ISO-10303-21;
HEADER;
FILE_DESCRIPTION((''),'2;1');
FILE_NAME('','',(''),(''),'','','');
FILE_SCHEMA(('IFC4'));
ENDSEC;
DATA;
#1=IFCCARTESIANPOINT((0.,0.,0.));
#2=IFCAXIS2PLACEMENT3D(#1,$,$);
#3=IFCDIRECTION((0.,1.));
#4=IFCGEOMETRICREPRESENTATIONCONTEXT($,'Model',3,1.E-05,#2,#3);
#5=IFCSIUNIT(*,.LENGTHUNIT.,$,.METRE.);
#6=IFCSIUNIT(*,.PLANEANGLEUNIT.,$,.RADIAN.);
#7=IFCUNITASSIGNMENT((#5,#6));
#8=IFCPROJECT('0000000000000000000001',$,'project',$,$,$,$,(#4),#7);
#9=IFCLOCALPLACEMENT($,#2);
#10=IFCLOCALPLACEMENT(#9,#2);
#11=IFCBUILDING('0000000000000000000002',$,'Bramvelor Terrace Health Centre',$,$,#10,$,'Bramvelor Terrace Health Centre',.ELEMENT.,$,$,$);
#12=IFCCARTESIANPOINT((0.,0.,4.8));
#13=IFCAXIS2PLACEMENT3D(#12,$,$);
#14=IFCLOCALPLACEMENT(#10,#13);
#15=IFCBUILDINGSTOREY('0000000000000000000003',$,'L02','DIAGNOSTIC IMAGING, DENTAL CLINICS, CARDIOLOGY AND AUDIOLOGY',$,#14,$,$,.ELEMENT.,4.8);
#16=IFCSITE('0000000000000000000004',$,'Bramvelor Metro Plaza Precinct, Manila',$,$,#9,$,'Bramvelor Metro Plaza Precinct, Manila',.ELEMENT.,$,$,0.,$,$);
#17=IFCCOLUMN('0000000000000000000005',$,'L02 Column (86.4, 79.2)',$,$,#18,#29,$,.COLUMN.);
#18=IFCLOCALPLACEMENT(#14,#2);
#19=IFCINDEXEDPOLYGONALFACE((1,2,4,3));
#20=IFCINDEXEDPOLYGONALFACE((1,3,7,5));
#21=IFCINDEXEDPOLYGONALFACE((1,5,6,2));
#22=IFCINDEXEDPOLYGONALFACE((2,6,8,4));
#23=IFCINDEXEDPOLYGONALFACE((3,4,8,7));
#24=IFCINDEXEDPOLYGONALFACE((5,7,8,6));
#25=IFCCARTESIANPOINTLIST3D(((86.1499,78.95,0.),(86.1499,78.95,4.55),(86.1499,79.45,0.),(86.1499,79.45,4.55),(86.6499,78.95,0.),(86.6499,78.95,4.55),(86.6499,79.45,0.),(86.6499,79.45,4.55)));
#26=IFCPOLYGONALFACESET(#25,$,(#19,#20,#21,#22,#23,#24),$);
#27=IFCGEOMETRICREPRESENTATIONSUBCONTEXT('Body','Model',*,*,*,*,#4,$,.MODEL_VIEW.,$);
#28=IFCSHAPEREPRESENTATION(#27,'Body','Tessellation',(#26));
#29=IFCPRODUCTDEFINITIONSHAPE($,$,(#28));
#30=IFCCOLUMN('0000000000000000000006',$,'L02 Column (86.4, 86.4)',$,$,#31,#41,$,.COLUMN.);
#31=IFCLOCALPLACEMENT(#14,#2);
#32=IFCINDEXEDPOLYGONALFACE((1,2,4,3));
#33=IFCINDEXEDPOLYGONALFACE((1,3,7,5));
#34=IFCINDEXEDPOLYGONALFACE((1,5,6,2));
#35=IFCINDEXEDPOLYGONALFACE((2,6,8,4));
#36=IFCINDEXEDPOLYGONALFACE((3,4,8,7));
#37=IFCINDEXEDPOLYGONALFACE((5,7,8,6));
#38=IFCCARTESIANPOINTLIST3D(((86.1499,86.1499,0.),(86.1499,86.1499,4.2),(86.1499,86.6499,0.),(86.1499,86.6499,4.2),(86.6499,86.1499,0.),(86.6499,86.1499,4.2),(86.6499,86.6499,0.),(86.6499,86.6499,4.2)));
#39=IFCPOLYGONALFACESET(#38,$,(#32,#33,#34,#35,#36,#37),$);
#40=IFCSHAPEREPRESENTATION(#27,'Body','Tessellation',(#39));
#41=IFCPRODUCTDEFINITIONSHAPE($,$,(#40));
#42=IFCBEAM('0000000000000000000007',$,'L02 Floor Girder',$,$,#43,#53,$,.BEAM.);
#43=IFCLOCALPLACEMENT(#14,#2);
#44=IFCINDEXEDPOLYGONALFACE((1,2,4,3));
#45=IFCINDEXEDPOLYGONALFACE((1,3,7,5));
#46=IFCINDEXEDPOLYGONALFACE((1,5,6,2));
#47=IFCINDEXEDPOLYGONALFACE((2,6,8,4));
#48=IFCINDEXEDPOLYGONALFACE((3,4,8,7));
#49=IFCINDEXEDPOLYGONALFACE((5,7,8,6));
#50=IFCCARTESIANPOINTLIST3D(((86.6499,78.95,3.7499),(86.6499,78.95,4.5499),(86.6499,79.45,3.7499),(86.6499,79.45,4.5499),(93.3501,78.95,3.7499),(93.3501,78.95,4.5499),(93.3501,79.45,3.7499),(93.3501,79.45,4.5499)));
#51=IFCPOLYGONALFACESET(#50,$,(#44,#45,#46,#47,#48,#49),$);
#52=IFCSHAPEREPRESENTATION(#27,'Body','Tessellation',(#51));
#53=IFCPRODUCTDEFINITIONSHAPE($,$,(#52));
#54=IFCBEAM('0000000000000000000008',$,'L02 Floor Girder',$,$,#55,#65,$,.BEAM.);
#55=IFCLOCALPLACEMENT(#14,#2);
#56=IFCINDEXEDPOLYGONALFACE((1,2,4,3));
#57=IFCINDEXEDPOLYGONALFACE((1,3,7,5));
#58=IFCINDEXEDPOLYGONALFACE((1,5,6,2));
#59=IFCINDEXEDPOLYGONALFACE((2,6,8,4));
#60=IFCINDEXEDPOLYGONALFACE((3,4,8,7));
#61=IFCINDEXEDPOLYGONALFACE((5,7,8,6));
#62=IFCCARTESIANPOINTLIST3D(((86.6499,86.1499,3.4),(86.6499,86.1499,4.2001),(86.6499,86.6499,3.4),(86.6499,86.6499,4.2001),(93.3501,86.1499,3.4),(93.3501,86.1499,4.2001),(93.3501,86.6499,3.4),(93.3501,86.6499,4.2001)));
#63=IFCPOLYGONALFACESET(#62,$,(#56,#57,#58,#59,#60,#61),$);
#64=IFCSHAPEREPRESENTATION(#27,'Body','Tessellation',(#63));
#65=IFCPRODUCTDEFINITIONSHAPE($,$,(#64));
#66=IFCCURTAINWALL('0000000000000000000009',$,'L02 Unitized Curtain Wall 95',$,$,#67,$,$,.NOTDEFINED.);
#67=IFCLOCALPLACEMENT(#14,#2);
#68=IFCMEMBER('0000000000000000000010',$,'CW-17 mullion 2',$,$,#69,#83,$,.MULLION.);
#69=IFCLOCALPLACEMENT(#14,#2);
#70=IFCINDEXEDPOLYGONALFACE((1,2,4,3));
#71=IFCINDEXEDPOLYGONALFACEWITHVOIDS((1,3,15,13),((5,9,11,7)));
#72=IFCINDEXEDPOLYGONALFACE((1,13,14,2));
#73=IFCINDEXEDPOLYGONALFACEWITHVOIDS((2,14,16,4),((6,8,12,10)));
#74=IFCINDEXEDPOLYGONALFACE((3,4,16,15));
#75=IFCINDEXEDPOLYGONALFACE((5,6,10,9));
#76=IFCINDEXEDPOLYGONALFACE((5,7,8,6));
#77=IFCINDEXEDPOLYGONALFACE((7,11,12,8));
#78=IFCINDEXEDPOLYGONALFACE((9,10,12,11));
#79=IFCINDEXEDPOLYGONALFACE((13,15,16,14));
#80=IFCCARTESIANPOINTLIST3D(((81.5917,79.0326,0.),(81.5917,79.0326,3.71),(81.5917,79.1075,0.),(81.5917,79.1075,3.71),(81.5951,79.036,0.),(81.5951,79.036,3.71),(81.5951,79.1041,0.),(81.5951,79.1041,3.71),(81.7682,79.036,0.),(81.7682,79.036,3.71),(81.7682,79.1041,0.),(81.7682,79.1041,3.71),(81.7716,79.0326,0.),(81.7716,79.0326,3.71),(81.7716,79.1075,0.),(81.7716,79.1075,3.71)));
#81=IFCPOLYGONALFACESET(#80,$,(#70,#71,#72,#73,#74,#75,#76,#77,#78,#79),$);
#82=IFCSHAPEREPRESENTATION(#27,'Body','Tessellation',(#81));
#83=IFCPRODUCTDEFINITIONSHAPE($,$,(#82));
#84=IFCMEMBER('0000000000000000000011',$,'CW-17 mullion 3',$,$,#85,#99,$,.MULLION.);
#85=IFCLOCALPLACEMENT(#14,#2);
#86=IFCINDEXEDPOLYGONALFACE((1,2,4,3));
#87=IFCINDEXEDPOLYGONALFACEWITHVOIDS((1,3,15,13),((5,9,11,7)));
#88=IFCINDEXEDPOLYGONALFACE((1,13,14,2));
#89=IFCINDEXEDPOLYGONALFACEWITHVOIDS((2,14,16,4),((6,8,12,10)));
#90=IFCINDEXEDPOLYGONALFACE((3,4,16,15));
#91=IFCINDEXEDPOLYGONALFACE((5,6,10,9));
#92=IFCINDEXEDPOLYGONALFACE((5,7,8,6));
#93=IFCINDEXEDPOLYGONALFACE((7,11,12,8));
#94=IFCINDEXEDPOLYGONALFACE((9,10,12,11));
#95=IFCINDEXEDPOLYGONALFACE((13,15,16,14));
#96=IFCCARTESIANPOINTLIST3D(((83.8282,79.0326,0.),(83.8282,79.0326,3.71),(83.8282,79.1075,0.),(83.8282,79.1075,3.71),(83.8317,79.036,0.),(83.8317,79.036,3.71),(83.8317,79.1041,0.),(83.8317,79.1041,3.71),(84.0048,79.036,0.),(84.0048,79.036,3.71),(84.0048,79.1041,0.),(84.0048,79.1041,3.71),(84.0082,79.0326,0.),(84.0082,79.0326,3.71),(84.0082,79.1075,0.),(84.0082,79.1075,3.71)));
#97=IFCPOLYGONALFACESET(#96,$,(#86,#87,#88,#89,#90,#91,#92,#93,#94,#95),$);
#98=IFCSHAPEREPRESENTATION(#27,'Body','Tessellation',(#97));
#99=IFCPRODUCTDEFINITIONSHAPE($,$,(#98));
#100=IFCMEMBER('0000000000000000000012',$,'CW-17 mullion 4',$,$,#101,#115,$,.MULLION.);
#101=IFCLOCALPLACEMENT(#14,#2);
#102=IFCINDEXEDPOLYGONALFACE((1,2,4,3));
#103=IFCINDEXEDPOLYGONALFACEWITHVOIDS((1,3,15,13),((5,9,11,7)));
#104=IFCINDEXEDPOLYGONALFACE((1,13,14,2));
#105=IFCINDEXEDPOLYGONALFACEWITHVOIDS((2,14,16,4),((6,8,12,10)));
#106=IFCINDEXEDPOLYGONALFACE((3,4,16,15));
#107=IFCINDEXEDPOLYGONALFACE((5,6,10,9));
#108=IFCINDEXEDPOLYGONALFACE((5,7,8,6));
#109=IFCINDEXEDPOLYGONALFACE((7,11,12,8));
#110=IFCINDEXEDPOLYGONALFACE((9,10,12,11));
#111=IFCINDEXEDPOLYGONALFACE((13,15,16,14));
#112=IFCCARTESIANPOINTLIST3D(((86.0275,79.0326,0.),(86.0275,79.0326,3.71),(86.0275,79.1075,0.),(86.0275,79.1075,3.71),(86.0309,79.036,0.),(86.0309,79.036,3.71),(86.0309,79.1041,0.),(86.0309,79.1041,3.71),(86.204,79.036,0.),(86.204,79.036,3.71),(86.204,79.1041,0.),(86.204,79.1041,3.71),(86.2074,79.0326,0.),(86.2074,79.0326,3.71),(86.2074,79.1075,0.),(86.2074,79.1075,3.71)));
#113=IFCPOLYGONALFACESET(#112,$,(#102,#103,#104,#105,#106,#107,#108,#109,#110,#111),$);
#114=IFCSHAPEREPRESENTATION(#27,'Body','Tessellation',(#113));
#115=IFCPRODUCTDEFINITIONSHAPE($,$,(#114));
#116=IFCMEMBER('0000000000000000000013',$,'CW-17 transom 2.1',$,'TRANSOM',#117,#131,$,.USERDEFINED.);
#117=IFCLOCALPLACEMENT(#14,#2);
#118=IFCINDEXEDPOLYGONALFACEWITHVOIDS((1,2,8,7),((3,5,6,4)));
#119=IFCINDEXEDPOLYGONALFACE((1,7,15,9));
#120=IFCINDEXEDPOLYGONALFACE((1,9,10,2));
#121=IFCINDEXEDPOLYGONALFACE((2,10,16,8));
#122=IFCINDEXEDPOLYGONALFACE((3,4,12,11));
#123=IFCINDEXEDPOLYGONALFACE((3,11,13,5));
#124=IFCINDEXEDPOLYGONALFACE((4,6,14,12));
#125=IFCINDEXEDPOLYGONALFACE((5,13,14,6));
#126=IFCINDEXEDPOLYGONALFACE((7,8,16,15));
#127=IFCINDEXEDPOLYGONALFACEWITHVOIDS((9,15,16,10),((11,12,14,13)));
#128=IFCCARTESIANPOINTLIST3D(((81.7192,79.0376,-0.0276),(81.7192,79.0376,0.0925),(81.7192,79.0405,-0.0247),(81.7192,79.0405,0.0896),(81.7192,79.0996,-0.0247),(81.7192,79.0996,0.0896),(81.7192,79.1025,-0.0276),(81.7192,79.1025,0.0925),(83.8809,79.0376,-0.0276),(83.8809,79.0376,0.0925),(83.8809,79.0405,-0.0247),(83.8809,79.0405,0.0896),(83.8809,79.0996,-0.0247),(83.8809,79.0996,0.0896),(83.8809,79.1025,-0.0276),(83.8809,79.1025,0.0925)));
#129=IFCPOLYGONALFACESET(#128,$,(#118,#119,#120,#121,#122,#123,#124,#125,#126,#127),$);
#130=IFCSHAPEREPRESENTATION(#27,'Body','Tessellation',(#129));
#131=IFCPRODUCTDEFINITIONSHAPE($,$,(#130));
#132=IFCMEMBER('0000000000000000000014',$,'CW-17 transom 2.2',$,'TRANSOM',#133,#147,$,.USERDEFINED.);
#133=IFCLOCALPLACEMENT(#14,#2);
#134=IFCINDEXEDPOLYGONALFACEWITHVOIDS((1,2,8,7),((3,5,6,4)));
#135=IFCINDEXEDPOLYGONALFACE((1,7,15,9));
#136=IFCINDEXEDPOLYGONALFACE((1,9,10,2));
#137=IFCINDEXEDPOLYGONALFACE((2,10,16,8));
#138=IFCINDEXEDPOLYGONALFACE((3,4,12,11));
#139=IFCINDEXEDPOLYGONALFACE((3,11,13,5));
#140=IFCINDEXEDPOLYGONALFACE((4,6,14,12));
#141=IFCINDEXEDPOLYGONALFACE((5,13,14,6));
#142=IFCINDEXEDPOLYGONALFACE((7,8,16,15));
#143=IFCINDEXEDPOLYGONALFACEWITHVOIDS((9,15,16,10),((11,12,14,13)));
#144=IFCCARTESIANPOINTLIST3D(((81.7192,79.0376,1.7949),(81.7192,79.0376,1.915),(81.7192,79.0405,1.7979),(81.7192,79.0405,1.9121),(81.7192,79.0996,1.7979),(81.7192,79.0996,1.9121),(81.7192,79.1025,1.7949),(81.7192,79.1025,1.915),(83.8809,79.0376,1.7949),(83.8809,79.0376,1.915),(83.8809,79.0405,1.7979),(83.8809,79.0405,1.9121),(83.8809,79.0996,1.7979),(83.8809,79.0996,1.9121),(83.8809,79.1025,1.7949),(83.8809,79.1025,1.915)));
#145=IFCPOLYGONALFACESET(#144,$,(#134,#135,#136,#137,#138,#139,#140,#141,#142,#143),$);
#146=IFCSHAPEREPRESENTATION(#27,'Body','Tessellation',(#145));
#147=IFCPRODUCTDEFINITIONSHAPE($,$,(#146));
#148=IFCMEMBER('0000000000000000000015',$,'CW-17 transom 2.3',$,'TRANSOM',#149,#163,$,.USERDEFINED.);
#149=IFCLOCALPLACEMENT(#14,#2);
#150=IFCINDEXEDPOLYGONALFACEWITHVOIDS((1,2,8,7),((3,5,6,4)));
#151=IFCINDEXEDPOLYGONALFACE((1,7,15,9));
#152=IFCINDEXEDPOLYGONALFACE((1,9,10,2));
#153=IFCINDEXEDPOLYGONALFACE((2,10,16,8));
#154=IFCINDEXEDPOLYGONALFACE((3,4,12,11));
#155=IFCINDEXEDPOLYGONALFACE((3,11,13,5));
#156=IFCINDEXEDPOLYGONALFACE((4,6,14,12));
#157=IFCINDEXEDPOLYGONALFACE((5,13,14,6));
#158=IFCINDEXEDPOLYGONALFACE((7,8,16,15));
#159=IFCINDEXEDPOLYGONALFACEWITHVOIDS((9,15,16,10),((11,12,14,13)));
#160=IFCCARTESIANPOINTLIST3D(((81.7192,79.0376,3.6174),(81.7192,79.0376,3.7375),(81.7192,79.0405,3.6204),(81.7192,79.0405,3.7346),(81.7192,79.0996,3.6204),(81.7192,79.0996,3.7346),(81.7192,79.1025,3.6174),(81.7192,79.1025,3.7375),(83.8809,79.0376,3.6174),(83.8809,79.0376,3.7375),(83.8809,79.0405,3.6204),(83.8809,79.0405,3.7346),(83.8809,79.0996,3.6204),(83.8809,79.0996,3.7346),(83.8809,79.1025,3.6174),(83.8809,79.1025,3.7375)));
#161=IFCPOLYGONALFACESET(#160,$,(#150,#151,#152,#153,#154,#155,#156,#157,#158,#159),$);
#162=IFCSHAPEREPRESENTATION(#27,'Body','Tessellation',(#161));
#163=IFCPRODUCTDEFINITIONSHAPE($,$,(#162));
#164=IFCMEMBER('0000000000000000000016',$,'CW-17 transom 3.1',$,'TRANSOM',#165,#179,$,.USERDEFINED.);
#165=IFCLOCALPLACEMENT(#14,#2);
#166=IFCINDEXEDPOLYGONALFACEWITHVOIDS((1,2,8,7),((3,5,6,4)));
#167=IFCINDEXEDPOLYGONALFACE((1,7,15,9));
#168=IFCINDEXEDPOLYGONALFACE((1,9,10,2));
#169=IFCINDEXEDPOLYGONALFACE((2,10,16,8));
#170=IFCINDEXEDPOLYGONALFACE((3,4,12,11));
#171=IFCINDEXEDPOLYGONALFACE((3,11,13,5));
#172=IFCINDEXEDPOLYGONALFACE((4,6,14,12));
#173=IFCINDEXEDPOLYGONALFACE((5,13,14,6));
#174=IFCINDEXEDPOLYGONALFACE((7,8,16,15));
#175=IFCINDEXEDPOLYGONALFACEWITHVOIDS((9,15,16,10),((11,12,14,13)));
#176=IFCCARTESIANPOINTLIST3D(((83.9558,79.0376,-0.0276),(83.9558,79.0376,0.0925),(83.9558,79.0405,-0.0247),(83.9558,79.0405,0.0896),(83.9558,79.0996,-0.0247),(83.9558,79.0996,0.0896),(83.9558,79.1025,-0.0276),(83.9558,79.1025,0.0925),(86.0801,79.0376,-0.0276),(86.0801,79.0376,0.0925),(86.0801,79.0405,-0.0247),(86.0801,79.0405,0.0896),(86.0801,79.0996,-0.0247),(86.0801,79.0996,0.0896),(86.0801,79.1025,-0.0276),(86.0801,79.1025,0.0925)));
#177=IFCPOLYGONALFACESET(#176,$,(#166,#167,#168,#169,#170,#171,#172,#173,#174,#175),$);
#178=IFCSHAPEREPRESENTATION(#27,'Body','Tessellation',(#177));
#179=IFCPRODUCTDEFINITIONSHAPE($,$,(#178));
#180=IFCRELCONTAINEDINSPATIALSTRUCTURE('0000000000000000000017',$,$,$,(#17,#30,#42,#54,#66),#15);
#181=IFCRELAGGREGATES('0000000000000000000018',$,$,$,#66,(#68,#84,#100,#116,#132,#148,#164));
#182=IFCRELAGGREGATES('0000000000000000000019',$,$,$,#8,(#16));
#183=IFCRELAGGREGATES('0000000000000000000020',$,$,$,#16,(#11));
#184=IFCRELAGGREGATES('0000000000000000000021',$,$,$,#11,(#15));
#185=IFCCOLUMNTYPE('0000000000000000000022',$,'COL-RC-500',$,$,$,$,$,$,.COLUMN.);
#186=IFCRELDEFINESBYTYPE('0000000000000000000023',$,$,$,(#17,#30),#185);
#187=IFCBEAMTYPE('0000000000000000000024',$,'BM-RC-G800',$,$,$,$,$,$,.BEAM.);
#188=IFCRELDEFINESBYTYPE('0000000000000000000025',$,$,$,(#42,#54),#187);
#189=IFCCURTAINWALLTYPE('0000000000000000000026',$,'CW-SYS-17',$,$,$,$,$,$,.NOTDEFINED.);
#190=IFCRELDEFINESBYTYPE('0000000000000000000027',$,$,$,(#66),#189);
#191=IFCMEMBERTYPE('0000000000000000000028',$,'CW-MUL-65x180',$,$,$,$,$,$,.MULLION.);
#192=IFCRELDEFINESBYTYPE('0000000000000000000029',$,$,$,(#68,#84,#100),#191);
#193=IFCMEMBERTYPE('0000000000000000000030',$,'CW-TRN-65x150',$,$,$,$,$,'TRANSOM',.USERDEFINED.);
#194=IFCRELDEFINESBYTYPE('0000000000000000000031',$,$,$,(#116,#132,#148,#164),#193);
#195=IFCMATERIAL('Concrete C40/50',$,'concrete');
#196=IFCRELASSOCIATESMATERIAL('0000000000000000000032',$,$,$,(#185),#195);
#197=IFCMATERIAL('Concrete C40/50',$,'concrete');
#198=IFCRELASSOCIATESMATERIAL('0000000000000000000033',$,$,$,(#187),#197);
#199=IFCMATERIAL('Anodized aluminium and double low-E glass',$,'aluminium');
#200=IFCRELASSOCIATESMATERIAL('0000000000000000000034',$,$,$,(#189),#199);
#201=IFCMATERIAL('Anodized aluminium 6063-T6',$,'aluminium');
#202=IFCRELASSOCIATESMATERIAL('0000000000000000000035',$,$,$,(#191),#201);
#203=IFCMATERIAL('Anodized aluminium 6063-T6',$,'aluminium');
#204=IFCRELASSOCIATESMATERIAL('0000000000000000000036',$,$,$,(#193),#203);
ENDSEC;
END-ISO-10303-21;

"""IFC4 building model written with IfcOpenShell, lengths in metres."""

from ifc_helpers import new_model, si_unit, direction, frame, origin, origin_2d, place, context, subcontext, project, spatial, rectangle, hollow_rectangle, extrude, material, material_profile, profile_set, type_object, element, aggregate, save


model = new_model("IFC4")

# Units and contexts
model_context = context("Model", 3, precision=1e-05, world=origin(), true_north=direction((0.0, 1.0)))
body_context = subcontext(model_context, "Body", "Model", "MODEL_VIEW")
ifc_project = project(units=[si_unit("LENGTHUNIT", "METRE"), si_unit("PLANEANGLEUNIT", "RADIAN")], contexts=[model_context])

# Site, building, storey
site_placement = place(None, origin())
site = spatial("IfcSite", under=ifc_project, at=site_placement, Name="Bramvelor Metro Plaza Precinct, Manila", LongName="Bramvelor Metro Plaza Precinct, Manila", CompositionType="ELEMENT", RefElevation=0.0)
building_placement = place(site_placement, origin())
building = spatial("IfcBuilding", under=site, at=building_placement, Name="Bramvelor Terrace Health Centre", LongName="Bramvelor Terrace Health Centre", CompositionType="ELEMENT")
storey_placement = place(building_placement, frame((0.0, 0.0, 4.8)))
storey = spatial("IfcBuildingStorey", under=building, at=storey_placement, Name="L02", Description="DIAGNOSTIC IMAGING, DENTAL CLINICS, CARDIOLOGY AND AUDIOLOGY", CompositionType="ELEMENT", Elevation=4.8)

# Columns
ifc_material_1 = material(Name="Concrete C40/50", Category="concrete")
ifc_material_profile_1 = material_profile(ifc_material_1, rectangle(XDim=0.5, YDim=0.5, at=origin_2d()), Name="RC 500x500")
ifc_profile_set_1 = profile_set([ifc_material_profile_1], Name="Concrete C40/50")
column_type = type_object("IfcColumnType", Name="COL-RC-500", PredefinedType="COLUMN", material=ifc_profile_set_1)
column_1_placement = place(storey_placement, frame((86.3999, 79.2, 0.0), z_axis=(0.0, 0.0, 1.0), x_axis=(1.0, 0.0, 0.0)))
element("IfcColumn", 1, at=column_1_placement, inside=storey, type_object=column_type, Name="L02 Column (86.4, 79.2)", PredefinedType="COLUMN", context=body_context, shape_type="SweptSolid", body=[
    extrude(rectangle(XDim=0.5, YDim=0.5, at=origin_2d()), origin(), (0.0, 0.0, 1.0), 4.55),
])
column_2_placement = place(storey_placement, frame((86.3999, 86.3999, 0.0), z_axis=(0.0, 0.0, 1.0), x_axis=(1.0, 0.0, 0.0)))
element("IfcColumn", 2, at=column_2_placement, inside=storey, type_object=column_type, Name="L02 Column (86.4, 86.4)", PredefinedType="COLUMN", context=body_context, shape_type="SweptSolid", body=[
    extrude(rectangle(XDim=0.5, YDim=0.5, at=origin_2d()), origin(), (0.0, 0.0, 1.0), 4.2),
])

# Beams
ifc_material_2 = material(Name="Concrete C40/50", Category="concrete")
ifc_material_profile_2 = material_profile(ifc_material_2, rectangle(XDim=0.5, YDim=0.8, at=origin_2d()), Name="RC 500x800")
ifc_profile_set_2 = profile_set([ifc_material_profile_2], Name="Concrete C40/50")
beam_type = type_object("IfcBeamType", Name="BM-RC-G800", PredefinedType="BEAM", material=ifc_profile_set_2)
for number, where, z_axis, x_axis, name in (
    (3, (86.6499, 79.2, 4.1499), (1.0, 0.0, 0.0), (0.0, 1.0, 0.0), "L02 Floor Girder"),
    (4, (86.6499, 86.3999, 3.8), (1.0, 0.0, 0.0), (0.0, 1.0, 0.0), "L02 Floor Girder"),
):
    element("IfcBeam", number, at=place(storey_placement, frame(where, z_axis=z_axis, x_axis=x_axis)), inside=storey, type_object=beam_type, Name=name, PredefinedType="BEAM", context=body_context, shape_type="SweptSolid", body=[
        extrude(rectangle(XDim=0.5, YDim=0.8, at=origin_2d()), origin(), (0.0, 0.0, 1.0), 6.7002),
    ])

# Curtain wall, members
ifc_material_3 = material(Name="Anodized aluminium and double low-E glass", Category="aluminium")
curtain_wall_type = type_object("IfcCurtainWallType", Name="CW-SYS-17", PredefinedType="NOTDEFINED", material=ifc_material_3)
curtain_wall_placement = place(storey_placement, origin())
curtain_wall = element("IfcCurtainWall", 5, at=curtain_wall_placement, inside=storey, type_object=curtain_wall_type, Name="L02 Unitized Curtain Wall 95", PredefinedType="NOTDEFINED")
ifc_material_4 = material(Name="Anodized aluminium 6063-T6", Category="aluminium")
ifc_material_profile_3 = material_profile(ifc_material_4, hollow_rectangle(XDim=0.075, YDim=0.1799, WallThickness=0.0034, at=origin_2d()), Name="ALU-MUL 75x180x3.5")
ifc_profile_set_3 = profile_set([ifc_material_profile_3], Name="Anodized aluminium 6063-T6")
member_type_1 = type_object("IfcMemberType", Name="CW-MUL-65x180", PredefinedType="MULLION", material=ifc_profile_set_3)
member_1_placement = place(storey_placement, frame((81.6816, 79.0701, 0.0), z_axis=(0.0, 0.0, 1.0), x_axis=(0.0, 1.0, 0.0)))
member_1 = element("IfcMember", 6, at=member_1_placement, type_object=member_type_1, Name="CW-17 mullion 2", PredefinedType="MULLION", context=body_context, shape_type="SweptSolid", body=[
    extrude(hollow_rectangle(XDim=0.075, YDim=0.1799, WallThickness=0.0034, at=origin_2d()), origin(), (0.0, 0.0, 1.0), 3.71),
])
member_2_placement = place(storey_placement, frame((83.9182, 79.0701, 0.0), z_axis=(0.0, 0.0, 1.0), x_axis=(0.0, 1.0, 0.0)))
member_2 = element("IfcMember", 7, at=member_2_placement, type_object=member_type_1, Name="CW-17 mullion 3", PredefinedType="MULLION", context=body_context, shape_type="SweptSolid", body=[
    extrude(hollow_rectangle(XDim=0.075, YDim=0.1799, WallThickness=0.0034, at=origin_2d()), origin(), (0.0, 0.0, 1.0), 3.71),
])
member_3_placement = place(storey_placement, frame((86.1174, 79.0701, 0.0), z_axis=(0.0, 0.0, 1.0), x_axis=(0.0, 1.0, 0.0)))
member_3 = element("IfcMember", 8, at=member_3_placement, type_object=member_type_1, Name="CW-17 mullion 4", PredefinedType="MULLION", context=body_context, shape_type="SweptSolid", body=[
    extrude(hollow_rectangle(XDim=0.075, YDim=0.1799, WallThickness=0.0034, at=origin_2d()), origin(), (0.0, 0.0, 1.0), 3.71),
])
ifc_material_5 = material(Name="Anodized aluminium 6063-T6", Category="aluminium")
ifc_material_profile_4 = material_profile(ifc_material_5, hollow_rectangle(XDim=0.0649, YDim=0.1201, WallThickness=0.0029, at=origin_2d()), Name="ALU-TRN 65x120x3.0")
ifc_profile_set_4 = profile_set([ifc_material_profile_4], Name="Anodized aluminium 6063-T6")
member_type_2 = type_object("IfcMemberType", Name="CW-TRN-65x150", ElementType="TRANSOM", PredefinedType="USERDEFINED", material=ifc_profile_set_4)
member_4_placement = place(storey_placement, frame((81.7192, 79.0701, 0.0325), z_axis=(1.0, 0.0, 0.0), x_axis=(0.0, 1.0, 0.0)))
member_4 = element("IfcMember", 9, at=member_4_placement, type_object=member_type_2, Name="CW-17 transom 2.1", ObjectType="TRANSOM", PredefinedType="USERDEFINED", context=body_context, shape_type="SweptSolid", body=[
    extrude(hollow_rectangle(XDim=0.0649, YDim=0.1201, WallThickness=0.0029, at=origin_2d()), origin(), (0.0, 0.0, 1.0), 2.1616),
])
member_5_placement = place(storey_placement, frame((81.7192, 79.0701, 1.855), z_axis=(1.0, 0.0, 0.0), x_axis=(0.0, 1.0, 0.0)))
member_5 = element("IfcMember", 10, at=member_5_placement, type_object=member_type_2, Name="CW-17 transom 2.2", ObjectType="TRANSOM", PredefinedType="USERDEFINED", context=body_context, shape_type="SweptSolid", body=[
    extrude(hollow_rectangle(XDim=0.0649, YDim=0.1201, WallThickness=0.0029, at=origin_2d()), origin(), (0.0, 0.0, 1.0), 2.1616),
])
member_6_placement = place(storey_placement, frame((81.7192, 79.0701, 3.6775), z_axis=(1.0, 0.0, 0.0), x_axis=(0.0, 1.0, 0.0)))
member_6 = element("IfcMember", 11, at=member_6_placement, type_object=member_type_2, Name="CW-17 transom 2.3", ObjectType="TRANSOM", PredefinedType="USERDEFINED", context=body_context, shape_type="SweptSolid", body=[
    extrude(hollow_rectangle(XDim=0.0649, YDim=0.1201, WallThickness=0.0029, at=origin_2d()), origin(), (0.0, 0.0, 1.0), 2.1616),
])
member_7_placement = place(storey_placement, frame((83.9558, 79.0701, 0.0325), z_axis=(1.0, 0.0, 0.0), x_axis=(0.0, 1.0, 0.0)))
member_7 = element("IfcMember", 12, at=member_7_placement, type_object=member_type_2, Name="CW-17 transom 3.1", ObjectType="TRANSOM", PredefinedType="USERDEFINED", context=body_context, shape_type="SweptSolid", body=[
    extrude(hollow_rectangle(XDim=0.0649, YDim=0.1201, WallThickness=0.0029, at=origin_2d()), origin(), (0.0, 0.0, 1.0), 2.1243),
])

aggregate(curtain_wall, [member_1, member_2, member_3, member_4, member_5, member_6, member_7])

save(model, "model.ifc")
